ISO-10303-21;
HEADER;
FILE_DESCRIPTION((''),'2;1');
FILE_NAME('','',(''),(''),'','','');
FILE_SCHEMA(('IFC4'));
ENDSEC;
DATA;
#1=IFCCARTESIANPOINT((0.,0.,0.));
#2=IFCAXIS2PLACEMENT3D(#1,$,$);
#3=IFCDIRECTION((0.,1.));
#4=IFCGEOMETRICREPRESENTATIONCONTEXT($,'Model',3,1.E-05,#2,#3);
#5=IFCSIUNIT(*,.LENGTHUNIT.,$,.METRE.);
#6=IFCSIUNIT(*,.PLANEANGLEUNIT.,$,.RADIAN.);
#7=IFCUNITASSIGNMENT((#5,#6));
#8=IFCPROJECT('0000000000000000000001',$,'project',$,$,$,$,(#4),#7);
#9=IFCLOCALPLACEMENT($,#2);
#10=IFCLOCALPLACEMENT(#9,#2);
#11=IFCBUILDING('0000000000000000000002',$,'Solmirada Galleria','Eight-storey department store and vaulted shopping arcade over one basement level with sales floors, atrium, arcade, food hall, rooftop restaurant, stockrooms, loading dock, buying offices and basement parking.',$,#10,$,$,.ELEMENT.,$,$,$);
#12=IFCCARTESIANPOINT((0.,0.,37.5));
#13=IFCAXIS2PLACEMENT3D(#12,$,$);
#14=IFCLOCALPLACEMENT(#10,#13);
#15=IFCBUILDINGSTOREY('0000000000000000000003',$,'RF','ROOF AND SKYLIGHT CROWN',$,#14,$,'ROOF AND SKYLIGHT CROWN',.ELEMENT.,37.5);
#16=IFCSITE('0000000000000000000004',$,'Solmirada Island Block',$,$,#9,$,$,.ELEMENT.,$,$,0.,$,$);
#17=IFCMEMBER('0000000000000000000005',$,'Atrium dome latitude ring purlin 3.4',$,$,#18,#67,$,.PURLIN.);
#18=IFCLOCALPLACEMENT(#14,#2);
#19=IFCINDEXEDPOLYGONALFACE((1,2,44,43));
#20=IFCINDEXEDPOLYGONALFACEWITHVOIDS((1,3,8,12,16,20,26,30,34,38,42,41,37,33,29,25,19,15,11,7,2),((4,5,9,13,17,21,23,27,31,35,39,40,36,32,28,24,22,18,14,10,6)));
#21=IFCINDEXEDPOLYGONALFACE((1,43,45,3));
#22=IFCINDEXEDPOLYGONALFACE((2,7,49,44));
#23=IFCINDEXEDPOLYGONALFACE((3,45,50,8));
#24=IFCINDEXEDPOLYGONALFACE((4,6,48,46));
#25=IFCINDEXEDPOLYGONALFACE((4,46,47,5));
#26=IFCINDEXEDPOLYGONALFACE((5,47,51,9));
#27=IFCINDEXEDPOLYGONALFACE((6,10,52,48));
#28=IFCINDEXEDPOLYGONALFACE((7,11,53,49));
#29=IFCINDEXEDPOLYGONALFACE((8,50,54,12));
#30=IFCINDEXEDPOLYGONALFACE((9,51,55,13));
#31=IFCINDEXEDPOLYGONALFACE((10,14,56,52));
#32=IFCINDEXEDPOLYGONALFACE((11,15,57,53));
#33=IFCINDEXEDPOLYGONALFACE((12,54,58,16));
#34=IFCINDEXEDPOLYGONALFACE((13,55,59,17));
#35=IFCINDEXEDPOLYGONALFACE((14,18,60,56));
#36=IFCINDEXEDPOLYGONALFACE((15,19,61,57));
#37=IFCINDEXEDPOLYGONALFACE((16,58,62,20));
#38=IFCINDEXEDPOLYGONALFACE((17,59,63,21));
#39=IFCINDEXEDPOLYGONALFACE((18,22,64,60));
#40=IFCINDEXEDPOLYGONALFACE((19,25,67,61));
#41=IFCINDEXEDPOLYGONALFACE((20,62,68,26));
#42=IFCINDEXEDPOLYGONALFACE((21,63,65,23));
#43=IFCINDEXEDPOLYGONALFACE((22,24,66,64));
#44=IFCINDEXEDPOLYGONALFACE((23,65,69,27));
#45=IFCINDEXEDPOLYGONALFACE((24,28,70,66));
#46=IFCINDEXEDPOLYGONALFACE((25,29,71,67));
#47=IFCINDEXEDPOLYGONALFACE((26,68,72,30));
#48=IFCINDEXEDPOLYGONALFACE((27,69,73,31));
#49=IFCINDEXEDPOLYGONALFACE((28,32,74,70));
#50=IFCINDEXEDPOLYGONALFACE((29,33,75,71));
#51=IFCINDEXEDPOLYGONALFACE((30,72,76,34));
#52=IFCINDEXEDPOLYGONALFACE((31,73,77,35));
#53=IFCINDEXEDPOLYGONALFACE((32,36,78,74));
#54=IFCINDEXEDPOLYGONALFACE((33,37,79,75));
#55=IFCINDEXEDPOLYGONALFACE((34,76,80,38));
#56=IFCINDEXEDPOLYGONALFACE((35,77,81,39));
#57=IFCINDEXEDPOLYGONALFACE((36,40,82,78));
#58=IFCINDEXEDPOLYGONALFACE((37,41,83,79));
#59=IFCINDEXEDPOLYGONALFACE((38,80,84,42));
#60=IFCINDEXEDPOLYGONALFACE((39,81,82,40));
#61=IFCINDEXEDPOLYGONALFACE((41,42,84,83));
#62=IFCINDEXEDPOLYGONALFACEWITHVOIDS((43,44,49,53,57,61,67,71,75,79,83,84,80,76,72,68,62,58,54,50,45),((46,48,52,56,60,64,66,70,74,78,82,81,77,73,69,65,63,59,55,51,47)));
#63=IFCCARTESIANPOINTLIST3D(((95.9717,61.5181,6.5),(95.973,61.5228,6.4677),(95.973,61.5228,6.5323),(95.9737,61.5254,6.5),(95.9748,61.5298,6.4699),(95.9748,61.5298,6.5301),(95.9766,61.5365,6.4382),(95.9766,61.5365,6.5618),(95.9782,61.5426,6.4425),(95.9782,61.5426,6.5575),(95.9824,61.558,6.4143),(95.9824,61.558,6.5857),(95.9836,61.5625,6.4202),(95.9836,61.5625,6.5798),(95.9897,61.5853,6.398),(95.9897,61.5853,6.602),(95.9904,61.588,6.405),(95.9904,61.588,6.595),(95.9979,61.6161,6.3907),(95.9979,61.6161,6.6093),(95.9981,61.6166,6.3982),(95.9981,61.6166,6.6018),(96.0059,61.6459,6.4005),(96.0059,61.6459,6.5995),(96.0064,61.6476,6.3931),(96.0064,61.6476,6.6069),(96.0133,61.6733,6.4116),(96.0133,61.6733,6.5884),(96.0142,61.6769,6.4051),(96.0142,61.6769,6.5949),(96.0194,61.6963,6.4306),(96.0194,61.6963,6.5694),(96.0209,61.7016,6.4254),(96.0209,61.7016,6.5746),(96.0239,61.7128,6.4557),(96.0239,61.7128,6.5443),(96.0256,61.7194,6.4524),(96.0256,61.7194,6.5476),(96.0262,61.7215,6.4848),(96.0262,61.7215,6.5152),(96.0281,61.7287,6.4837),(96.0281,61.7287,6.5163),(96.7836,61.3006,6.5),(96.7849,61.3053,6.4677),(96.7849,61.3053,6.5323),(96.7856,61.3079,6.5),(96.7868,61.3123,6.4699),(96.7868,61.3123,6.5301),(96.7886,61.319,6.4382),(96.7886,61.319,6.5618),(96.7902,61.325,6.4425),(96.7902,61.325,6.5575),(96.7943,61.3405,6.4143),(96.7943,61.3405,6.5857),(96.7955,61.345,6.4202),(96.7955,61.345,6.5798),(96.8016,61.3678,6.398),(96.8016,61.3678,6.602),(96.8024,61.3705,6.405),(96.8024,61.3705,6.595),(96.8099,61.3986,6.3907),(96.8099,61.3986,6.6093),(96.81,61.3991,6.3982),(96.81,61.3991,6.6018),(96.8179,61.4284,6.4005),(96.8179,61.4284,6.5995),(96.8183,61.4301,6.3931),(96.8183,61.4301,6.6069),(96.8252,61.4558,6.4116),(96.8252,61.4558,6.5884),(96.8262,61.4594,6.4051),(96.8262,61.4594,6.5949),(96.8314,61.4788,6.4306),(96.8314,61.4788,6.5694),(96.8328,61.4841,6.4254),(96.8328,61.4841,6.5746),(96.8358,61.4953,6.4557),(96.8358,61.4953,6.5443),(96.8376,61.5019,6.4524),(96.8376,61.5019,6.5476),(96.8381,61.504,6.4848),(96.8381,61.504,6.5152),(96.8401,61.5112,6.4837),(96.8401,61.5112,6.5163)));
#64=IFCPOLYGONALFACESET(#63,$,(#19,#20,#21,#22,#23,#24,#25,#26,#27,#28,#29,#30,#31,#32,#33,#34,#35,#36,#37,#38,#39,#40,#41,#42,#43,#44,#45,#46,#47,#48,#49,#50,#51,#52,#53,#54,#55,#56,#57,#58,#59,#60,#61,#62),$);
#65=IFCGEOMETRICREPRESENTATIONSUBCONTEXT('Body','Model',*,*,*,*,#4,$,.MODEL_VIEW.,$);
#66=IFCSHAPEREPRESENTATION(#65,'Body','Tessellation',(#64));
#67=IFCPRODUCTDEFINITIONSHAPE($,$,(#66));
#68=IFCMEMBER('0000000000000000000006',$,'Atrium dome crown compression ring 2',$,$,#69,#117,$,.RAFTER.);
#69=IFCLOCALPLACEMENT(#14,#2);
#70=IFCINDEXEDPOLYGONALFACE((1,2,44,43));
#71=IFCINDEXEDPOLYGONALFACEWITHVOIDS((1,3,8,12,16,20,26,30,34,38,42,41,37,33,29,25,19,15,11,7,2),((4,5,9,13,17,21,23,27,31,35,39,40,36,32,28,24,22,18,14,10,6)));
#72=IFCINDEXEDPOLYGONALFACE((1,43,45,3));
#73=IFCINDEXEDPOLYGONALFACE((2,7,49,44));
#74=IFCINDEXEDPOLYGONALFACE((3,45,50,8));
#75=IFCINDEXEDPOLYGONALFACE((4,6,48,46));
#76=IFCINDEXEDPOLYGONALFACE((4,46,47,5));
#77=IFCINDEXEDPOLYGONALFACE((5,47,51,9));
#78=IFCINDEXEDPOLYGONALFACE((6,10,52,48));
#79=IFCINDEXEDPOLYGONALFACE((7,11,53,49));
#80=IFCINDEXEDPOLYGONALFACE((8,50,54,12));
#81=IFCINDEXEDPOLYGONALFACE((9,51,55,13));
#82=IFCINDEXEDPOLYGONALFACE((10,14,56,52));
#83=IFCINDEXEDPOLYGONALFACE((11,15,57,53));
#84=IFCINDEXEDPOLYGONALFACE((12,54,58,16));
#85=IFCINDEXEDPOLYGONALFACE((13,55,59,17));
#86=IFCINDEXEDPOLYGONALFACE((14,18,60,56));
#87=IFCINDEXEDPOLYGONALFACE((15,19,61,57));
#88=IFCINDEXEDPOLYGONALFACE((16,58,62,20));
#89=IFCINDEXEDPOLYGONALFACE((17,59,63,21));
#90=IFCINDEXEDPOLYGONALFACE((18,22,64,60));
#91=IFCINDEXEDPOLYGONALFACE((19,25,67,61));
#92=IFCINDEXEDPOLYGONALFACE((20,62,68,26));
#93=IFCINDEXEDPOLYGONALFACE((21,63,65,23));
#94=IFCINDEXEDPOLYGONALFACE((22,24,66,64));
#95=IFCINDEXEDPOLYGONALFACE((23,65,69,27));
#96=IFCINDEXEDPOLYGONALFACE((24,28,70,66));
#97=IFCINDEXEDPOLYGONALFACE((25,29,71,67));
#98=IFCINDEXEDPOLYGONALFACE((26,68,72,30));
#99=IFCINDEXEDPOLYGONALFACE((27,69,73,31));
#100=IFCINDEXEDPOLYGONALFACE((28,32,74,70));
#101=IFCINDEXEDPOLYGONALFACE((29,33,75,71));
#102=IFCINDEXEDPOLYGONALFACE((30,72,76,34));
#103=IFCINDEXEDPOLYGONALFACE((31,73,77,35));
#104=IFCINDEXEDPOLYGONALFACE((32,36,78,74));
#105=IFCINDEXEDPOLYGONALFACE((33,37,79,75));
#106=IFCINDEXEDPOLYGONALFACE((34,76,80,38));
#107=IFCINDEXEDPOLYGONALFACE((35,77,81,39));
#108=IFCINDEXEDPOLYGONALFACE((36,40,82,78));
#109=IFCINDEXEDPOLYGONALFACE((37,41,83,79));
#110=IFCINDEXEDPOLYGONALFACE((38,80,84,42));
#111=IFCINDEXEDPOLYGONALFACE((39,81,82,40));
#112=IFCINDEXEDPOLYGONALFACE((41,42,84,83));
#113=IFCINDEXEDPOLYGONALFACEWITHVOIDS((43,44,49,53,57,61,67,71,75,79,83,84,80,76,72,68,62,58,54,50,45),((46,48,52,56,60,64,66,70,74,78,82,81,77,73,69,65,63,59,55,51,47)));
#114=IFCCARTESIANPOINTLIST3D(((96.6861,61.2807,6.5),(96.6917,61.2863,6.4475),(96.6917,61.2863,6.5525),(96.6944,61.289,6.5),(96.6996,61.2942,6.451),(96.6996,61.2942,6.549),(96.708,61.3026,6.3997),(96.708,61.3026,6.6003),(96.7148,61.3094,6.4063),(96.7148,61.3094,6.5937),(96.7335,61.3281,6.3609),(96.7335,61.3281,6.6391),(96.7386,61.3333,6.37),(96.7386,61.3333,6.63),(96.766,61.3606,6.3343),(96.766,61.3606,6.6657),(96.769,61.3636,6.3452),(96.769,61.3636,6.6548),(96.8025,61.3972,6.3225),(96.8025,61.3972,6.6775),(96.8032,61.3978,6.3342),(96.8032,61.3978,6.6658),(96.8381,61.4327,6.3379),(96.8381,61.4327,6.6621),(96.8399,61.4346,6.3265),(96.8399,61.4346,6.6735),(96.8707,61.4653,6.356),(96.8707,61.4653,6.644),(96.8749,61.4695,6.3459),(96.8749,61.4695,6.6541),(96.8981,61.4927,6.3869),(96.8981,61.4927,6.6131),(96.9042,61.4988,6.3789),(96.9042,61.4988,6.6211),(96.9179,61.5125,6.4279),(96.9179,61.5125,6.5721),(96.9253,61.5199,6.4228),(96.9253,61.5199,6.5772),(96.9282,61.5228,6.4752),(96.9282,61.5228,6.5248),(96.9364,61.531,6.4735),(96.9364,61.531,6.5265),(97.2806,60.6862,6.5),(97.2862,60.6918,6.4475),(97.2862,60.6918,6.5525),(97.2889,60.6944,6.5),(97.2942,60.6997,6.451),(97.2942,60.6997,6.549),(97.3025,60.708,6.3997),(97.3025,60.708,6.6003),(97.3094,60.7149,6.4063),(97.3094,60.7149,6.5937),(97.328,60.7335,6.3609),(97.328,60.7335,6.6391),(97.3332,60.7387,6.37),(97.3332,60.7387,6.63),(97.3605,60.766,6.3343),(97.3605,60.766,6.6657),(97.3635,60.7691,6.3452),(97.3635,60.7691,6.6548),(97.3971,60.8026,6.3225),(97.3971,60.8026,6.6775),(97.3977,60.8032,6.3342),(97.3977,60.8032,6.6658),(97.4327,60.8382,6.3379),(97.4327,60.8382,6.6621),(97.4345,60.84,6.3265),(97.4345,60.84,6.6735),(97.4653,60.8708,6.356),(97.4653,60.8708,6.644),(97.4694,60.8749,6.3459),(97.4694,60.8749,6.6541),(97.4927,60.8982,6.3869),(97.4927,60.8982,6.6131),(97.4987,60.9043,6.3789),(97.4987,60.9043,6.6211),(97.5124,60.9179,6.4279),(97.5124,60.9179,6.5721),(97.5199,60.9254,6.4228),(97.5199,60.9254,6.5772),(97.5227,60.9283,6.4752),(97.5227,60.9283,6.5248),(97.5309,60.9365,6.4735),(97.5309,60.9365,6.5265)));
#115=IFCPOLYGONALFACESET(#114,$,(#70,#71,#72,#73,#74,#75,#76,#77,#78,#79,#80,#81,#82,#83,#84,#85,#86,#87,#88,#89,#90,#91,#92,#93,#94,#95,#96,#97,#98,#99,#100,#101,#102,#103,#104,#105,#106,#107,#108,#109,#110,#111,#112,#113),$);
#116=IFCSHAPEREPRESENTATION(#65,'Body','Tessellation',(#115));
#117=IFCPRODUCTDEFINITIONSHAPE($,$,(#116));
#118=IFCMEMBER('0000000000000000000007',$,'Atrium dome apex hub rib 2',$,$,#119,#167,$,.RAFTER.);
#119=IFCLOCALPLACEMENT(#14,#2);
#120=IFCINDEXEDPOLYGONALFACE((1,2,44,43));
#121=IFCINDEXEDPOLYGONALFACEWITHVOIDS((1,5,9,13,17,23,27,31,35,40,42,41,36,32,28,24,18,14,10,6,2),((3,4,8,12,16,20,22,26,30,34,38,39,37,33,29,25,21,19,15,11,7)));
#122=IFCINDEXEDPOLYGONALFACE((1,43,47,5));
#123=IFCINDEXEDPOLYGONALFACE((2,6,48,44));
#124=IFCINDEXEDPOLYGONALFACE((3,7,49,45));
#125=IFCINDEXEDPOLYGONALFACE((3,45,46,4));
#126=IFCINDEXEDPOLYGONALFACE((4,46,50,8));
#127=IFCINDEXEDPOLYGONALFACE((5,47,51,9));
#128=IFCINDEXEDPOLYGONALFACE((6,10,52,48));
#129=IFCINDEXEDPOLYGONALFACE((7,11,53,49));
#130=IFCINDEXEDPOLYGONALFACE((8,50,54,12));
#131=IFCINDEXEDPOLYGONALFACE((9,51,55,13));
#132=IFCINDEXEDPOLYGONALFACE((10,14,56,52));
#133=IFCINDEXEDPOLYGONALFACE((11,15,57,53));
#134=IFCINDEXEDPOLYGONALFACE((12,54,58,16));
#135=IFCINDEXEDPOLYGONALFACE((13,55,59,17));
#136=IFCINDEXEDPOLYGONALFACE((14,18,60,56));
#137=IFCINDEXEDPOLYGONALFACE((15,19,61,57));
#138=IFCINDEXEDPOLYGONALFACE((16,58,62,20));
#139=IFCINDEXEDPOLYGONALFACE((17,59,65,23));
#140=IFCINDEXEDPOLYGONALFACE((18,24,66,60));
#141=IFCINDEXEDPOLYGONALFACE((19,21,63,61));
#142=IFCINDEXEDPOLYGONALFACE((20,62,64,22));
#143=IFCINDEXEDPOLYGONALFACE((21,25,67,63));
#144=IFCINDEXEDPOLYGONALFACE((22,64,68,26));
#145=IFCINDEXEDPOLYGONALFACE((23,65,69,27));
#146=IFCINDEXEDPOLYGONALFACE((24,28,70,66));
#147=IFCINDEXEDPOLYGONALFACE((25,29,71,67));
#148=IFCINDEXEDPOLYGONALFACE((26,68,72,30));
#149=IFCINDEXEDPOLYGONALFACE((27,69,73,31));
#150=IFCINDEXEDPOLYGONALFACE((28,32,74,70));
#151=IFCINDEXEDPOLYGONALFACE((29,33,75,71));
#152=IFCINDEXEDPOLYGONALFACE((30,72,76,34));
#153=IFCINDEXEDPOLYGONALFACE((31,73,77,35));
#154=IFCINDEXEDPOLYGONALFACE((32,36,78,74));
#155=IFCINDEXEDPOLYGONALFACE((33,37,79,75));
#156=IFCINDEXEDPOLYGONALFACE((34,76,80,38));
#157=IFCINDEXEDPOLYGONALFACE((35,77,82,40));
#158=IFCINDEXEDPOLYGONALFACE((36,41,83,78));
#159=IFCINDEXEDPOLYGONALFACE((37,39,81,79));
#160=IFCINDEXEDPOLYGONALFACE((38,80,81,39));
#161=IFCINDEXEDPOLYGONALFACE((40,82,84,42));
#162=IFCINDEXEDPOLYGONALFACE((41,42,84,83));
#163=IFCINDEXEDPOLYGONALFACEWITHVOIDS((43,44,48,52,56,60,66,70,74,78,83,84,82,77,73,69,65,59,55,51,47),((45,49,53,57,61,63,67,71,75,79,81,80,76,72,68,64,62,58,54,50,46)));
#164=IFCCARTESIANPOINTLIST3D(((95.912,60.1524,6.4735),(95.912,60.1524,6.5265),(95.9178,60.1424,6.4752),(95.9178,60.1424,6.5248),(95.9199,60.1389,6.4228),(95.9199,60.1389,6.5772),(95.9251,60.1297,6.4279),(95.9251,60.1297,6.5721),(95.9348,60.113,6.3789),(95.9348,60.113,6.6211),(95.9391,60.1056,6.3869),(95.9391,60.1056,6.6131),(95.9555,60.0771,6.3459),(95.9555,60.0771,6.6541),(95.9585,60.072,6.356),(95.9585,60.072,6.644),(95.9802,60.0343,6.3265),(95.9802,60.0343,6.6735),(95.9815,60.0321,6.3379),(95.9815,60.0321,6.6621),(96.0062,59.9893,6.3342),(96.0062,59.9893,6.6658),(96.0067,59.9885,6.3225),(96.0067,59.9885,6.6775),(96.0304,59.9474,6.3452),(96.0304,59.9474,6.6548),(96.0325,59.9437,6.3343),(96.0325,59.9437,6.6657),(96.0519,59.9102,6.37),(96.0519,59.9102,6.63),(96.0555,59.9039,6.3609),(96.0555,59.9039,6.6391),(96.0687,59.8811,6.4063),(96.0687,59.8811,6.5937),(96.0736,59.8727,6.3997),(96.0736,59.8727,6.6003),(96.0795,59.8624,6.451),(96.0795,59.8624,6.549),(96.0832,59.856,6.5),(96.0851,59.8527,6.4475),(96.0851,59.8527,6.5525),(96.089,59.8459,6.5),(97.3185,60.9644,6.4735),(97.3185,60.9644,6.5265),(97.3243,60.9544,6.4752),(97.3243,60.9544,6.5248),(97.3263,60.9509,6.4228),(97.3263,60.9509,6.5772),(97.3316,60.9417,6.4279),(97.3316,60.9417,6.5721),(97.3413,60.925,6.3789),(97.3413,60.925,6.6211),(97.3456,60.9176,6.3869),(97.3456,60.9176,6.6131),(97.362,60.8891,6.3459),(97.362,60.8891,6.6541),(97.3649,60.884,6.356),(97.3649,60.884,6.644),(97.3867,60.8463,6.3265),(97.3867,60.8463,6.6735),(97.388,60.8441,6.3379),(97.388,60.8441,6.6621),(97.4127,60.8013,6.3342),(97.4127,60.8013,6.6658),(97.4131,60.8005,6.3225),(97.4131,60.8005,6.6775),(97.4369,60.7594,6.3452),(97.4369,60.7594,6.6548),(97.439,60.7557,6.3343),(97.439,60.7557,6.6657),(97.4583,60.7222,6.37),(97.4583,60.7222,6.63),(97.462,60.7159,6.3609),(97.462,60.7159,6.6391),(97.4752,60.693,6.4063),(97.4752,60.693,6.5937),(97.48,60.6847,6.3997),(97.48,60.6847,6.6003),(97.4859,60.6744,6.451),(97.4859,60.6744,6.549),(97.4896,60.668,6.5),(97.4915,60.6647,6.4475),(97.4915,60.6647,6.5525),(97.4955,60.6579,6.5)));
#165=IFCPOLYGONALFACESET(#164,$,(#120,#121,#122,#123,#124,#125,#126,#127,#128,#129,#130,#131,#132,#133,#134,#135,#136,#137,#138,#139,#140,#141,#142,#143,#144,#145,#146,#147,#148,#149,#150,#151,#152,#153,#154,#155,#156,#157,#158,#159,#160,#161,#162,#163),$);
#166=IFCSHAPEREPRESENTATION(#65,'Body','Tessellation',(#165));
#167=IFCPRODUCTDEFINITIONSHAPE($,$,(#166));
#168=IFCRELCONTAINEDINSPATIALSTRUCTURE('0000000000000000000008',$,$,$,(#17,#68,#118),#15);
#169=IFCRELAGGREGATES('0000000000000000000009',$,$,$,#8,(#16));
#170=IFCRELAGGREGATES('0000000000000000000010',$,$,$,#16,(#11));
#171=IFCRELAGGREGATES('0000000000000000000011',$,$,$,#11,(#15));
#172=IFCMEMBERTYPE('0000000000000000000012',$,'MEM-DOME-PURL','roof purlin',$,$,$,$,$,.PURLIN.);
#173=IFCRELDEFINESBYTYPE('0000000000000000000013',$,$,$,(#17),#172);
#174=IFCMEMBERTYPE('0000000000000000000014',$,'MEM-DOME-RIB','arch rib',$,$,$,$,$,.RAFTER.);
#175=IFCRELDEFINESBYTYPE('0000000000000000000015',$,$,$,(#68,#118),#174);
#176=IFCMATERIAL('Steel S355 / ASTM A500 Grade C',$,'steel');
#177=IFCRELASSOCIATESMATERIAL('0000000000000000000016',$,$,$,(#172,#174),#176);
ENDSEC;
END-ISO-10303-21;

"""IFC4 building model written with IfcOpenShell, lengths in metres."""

from ifc_helpers import new_model, si_unit, direction, frame, origin, origin_2d, place, context, subcontext, project, spatial, hollow_circle, extrude, material, material_profile, profile_set, type_object, element, save


model = new_model("IFC4")

# Units and contexts
model_context = context("Model", 3, precision=1e-05, world=origin(), true_north=direction((0.0, 1.0)))
body_context = subcontext(model_context, "Body", "Model", "MODEL_VIEW")
ifc_project = project(units=[si_unit("LENGTHUNIT", "METRE"), si_unit("PLANEANGLEUNIT", "RADIAN")], contexts=[model_context])

# Site, building, storey
site_placement = place(None, origin())
site = spatial("IfcSite", under=ifc_project, at=site_placement, Name="Solmirada Island Block", CompositionType="ELEMENT", RefElevation=0.0)
building_placement = place(site_placement, origin())
building = spatial("IfcBuilding", under=site, at=building_placement, Name="Solmirada Galleria", Description="Eight-storey department store and vaulted shopping arcade over one basement level with sales floors, atrium, arcade, food hall, rooftop restaurant, stockrooms, loading dock, buying offices and basement parking.", CompositionType="ELEMENT")
storey_placement = place(building_placement, frame((0.0, 0.0, 37.5)))
storey = spatial("IfcBuildingStorey", under=building, at=storey_placement, Name="RF", Description="ROOF AND SKYLIGHT CROWN", LongName="ROOF AND SKYLIGHT CROWN", CompositionType="ELEMENT", Elevation=37.5)

# Members
ifc_material_1 = material(Name="Steel S355 / ASTM A500 Grade C", Category="steel")
ifc_material_profile_1 = material_profile(ifc_material_1, hollow_circle(Radius=0.1096, WallThickness=0.0076, at=origin_2d()), Name="HSS8.625X0.322")
ifc_profile_set_1 = profile_set([ifc_material_profile_1], Name="Steel S355 / ASTM A500 Grade C")
member_type_1 = type_object("IfcMemberType", Name="MEM-DOME-PURL", Description="roof purlin", PredefinedType="PURLIN", material=ifc_profile_set_1)
member_1_placement = place(storey_placement, frame((96.812, 61.4065, 6.5), z_axis=(-0.96594, 0.258765, 0.0), x_axis=(-0.258765, -0.96594, 0.0)))
element("IfcMember", 1, at=member_1_placement, inside=storey, type_object=member_type_1, Name="Atrium dome latitude ring purlin 3.4", PredefinedType="PURLIN", context=body_context, shape_type="SweptSolid", body=[
    extrude(hollow_circle(Radius=0.1096, WallThickness=0.0076, at=origin_2d()), origin(), (0.0, 0.0, 1.0), 0.8406),
])
ifc_material_profile_2 = material_profile(ifc_material_1, hollow_circle(Radius=0.178, WallThickness=0.0117, at=origin_2d()), Name="HSS14.000X0.500")
ifc_profile_set_2 = profile_set([ifc_material_profile_2], Name="Steel S355 / ASTM A500 Grade C")
member_type_2 = type_object("IfcMemberType", Name="MEM-DOME-RIB", Description="arch rib", PredefinedType="RAFTER", material=ifc_profile_set_2)
member_2_placement = place(storey_placement, frame((97.4065, 60.812, 6.5), z_axis=(-0.707107, 0.707107, 0.0), x_axis=(-0.707107, -0.707107, 0.0)))
element("IfcMember", 2, at=member_2_placement, inside=storey, type_object=member_type_2, Name="Atrium dome crown compression ring 2", PredefinedType="RAFTER", context=body_context, shape_type="SweptSolid", body=[
    extrude(hollow_circle(Radius=0.178, WallThickness=0.0117, at=origin_2d()), origin(), (0.0, 0.0, 1.0), 0.8408),
])
member_3_placement = place(storey_placement, frame((97.4065, 60.812, 6.5), z_axis=(-0.866033, -0.499987, 0.0), x_axis=(0.499987, -0.866033, 0.0)))
element("IfcMember", 3, at=member_3_placement, inside=storey, type_object=member_type_2, Name="Atrium dome apex hub rib 2", PredefinedType="RAFTER", context=body_context, shape_type="SweptSolid", body=[
    extrude(hollow_circle(Radius=0.178, WallThickness=0.0117, at=origin_2d()), origin(), (0.0, 0.0, 1.0), 1.624),
])

save(model, "model.ifc")
